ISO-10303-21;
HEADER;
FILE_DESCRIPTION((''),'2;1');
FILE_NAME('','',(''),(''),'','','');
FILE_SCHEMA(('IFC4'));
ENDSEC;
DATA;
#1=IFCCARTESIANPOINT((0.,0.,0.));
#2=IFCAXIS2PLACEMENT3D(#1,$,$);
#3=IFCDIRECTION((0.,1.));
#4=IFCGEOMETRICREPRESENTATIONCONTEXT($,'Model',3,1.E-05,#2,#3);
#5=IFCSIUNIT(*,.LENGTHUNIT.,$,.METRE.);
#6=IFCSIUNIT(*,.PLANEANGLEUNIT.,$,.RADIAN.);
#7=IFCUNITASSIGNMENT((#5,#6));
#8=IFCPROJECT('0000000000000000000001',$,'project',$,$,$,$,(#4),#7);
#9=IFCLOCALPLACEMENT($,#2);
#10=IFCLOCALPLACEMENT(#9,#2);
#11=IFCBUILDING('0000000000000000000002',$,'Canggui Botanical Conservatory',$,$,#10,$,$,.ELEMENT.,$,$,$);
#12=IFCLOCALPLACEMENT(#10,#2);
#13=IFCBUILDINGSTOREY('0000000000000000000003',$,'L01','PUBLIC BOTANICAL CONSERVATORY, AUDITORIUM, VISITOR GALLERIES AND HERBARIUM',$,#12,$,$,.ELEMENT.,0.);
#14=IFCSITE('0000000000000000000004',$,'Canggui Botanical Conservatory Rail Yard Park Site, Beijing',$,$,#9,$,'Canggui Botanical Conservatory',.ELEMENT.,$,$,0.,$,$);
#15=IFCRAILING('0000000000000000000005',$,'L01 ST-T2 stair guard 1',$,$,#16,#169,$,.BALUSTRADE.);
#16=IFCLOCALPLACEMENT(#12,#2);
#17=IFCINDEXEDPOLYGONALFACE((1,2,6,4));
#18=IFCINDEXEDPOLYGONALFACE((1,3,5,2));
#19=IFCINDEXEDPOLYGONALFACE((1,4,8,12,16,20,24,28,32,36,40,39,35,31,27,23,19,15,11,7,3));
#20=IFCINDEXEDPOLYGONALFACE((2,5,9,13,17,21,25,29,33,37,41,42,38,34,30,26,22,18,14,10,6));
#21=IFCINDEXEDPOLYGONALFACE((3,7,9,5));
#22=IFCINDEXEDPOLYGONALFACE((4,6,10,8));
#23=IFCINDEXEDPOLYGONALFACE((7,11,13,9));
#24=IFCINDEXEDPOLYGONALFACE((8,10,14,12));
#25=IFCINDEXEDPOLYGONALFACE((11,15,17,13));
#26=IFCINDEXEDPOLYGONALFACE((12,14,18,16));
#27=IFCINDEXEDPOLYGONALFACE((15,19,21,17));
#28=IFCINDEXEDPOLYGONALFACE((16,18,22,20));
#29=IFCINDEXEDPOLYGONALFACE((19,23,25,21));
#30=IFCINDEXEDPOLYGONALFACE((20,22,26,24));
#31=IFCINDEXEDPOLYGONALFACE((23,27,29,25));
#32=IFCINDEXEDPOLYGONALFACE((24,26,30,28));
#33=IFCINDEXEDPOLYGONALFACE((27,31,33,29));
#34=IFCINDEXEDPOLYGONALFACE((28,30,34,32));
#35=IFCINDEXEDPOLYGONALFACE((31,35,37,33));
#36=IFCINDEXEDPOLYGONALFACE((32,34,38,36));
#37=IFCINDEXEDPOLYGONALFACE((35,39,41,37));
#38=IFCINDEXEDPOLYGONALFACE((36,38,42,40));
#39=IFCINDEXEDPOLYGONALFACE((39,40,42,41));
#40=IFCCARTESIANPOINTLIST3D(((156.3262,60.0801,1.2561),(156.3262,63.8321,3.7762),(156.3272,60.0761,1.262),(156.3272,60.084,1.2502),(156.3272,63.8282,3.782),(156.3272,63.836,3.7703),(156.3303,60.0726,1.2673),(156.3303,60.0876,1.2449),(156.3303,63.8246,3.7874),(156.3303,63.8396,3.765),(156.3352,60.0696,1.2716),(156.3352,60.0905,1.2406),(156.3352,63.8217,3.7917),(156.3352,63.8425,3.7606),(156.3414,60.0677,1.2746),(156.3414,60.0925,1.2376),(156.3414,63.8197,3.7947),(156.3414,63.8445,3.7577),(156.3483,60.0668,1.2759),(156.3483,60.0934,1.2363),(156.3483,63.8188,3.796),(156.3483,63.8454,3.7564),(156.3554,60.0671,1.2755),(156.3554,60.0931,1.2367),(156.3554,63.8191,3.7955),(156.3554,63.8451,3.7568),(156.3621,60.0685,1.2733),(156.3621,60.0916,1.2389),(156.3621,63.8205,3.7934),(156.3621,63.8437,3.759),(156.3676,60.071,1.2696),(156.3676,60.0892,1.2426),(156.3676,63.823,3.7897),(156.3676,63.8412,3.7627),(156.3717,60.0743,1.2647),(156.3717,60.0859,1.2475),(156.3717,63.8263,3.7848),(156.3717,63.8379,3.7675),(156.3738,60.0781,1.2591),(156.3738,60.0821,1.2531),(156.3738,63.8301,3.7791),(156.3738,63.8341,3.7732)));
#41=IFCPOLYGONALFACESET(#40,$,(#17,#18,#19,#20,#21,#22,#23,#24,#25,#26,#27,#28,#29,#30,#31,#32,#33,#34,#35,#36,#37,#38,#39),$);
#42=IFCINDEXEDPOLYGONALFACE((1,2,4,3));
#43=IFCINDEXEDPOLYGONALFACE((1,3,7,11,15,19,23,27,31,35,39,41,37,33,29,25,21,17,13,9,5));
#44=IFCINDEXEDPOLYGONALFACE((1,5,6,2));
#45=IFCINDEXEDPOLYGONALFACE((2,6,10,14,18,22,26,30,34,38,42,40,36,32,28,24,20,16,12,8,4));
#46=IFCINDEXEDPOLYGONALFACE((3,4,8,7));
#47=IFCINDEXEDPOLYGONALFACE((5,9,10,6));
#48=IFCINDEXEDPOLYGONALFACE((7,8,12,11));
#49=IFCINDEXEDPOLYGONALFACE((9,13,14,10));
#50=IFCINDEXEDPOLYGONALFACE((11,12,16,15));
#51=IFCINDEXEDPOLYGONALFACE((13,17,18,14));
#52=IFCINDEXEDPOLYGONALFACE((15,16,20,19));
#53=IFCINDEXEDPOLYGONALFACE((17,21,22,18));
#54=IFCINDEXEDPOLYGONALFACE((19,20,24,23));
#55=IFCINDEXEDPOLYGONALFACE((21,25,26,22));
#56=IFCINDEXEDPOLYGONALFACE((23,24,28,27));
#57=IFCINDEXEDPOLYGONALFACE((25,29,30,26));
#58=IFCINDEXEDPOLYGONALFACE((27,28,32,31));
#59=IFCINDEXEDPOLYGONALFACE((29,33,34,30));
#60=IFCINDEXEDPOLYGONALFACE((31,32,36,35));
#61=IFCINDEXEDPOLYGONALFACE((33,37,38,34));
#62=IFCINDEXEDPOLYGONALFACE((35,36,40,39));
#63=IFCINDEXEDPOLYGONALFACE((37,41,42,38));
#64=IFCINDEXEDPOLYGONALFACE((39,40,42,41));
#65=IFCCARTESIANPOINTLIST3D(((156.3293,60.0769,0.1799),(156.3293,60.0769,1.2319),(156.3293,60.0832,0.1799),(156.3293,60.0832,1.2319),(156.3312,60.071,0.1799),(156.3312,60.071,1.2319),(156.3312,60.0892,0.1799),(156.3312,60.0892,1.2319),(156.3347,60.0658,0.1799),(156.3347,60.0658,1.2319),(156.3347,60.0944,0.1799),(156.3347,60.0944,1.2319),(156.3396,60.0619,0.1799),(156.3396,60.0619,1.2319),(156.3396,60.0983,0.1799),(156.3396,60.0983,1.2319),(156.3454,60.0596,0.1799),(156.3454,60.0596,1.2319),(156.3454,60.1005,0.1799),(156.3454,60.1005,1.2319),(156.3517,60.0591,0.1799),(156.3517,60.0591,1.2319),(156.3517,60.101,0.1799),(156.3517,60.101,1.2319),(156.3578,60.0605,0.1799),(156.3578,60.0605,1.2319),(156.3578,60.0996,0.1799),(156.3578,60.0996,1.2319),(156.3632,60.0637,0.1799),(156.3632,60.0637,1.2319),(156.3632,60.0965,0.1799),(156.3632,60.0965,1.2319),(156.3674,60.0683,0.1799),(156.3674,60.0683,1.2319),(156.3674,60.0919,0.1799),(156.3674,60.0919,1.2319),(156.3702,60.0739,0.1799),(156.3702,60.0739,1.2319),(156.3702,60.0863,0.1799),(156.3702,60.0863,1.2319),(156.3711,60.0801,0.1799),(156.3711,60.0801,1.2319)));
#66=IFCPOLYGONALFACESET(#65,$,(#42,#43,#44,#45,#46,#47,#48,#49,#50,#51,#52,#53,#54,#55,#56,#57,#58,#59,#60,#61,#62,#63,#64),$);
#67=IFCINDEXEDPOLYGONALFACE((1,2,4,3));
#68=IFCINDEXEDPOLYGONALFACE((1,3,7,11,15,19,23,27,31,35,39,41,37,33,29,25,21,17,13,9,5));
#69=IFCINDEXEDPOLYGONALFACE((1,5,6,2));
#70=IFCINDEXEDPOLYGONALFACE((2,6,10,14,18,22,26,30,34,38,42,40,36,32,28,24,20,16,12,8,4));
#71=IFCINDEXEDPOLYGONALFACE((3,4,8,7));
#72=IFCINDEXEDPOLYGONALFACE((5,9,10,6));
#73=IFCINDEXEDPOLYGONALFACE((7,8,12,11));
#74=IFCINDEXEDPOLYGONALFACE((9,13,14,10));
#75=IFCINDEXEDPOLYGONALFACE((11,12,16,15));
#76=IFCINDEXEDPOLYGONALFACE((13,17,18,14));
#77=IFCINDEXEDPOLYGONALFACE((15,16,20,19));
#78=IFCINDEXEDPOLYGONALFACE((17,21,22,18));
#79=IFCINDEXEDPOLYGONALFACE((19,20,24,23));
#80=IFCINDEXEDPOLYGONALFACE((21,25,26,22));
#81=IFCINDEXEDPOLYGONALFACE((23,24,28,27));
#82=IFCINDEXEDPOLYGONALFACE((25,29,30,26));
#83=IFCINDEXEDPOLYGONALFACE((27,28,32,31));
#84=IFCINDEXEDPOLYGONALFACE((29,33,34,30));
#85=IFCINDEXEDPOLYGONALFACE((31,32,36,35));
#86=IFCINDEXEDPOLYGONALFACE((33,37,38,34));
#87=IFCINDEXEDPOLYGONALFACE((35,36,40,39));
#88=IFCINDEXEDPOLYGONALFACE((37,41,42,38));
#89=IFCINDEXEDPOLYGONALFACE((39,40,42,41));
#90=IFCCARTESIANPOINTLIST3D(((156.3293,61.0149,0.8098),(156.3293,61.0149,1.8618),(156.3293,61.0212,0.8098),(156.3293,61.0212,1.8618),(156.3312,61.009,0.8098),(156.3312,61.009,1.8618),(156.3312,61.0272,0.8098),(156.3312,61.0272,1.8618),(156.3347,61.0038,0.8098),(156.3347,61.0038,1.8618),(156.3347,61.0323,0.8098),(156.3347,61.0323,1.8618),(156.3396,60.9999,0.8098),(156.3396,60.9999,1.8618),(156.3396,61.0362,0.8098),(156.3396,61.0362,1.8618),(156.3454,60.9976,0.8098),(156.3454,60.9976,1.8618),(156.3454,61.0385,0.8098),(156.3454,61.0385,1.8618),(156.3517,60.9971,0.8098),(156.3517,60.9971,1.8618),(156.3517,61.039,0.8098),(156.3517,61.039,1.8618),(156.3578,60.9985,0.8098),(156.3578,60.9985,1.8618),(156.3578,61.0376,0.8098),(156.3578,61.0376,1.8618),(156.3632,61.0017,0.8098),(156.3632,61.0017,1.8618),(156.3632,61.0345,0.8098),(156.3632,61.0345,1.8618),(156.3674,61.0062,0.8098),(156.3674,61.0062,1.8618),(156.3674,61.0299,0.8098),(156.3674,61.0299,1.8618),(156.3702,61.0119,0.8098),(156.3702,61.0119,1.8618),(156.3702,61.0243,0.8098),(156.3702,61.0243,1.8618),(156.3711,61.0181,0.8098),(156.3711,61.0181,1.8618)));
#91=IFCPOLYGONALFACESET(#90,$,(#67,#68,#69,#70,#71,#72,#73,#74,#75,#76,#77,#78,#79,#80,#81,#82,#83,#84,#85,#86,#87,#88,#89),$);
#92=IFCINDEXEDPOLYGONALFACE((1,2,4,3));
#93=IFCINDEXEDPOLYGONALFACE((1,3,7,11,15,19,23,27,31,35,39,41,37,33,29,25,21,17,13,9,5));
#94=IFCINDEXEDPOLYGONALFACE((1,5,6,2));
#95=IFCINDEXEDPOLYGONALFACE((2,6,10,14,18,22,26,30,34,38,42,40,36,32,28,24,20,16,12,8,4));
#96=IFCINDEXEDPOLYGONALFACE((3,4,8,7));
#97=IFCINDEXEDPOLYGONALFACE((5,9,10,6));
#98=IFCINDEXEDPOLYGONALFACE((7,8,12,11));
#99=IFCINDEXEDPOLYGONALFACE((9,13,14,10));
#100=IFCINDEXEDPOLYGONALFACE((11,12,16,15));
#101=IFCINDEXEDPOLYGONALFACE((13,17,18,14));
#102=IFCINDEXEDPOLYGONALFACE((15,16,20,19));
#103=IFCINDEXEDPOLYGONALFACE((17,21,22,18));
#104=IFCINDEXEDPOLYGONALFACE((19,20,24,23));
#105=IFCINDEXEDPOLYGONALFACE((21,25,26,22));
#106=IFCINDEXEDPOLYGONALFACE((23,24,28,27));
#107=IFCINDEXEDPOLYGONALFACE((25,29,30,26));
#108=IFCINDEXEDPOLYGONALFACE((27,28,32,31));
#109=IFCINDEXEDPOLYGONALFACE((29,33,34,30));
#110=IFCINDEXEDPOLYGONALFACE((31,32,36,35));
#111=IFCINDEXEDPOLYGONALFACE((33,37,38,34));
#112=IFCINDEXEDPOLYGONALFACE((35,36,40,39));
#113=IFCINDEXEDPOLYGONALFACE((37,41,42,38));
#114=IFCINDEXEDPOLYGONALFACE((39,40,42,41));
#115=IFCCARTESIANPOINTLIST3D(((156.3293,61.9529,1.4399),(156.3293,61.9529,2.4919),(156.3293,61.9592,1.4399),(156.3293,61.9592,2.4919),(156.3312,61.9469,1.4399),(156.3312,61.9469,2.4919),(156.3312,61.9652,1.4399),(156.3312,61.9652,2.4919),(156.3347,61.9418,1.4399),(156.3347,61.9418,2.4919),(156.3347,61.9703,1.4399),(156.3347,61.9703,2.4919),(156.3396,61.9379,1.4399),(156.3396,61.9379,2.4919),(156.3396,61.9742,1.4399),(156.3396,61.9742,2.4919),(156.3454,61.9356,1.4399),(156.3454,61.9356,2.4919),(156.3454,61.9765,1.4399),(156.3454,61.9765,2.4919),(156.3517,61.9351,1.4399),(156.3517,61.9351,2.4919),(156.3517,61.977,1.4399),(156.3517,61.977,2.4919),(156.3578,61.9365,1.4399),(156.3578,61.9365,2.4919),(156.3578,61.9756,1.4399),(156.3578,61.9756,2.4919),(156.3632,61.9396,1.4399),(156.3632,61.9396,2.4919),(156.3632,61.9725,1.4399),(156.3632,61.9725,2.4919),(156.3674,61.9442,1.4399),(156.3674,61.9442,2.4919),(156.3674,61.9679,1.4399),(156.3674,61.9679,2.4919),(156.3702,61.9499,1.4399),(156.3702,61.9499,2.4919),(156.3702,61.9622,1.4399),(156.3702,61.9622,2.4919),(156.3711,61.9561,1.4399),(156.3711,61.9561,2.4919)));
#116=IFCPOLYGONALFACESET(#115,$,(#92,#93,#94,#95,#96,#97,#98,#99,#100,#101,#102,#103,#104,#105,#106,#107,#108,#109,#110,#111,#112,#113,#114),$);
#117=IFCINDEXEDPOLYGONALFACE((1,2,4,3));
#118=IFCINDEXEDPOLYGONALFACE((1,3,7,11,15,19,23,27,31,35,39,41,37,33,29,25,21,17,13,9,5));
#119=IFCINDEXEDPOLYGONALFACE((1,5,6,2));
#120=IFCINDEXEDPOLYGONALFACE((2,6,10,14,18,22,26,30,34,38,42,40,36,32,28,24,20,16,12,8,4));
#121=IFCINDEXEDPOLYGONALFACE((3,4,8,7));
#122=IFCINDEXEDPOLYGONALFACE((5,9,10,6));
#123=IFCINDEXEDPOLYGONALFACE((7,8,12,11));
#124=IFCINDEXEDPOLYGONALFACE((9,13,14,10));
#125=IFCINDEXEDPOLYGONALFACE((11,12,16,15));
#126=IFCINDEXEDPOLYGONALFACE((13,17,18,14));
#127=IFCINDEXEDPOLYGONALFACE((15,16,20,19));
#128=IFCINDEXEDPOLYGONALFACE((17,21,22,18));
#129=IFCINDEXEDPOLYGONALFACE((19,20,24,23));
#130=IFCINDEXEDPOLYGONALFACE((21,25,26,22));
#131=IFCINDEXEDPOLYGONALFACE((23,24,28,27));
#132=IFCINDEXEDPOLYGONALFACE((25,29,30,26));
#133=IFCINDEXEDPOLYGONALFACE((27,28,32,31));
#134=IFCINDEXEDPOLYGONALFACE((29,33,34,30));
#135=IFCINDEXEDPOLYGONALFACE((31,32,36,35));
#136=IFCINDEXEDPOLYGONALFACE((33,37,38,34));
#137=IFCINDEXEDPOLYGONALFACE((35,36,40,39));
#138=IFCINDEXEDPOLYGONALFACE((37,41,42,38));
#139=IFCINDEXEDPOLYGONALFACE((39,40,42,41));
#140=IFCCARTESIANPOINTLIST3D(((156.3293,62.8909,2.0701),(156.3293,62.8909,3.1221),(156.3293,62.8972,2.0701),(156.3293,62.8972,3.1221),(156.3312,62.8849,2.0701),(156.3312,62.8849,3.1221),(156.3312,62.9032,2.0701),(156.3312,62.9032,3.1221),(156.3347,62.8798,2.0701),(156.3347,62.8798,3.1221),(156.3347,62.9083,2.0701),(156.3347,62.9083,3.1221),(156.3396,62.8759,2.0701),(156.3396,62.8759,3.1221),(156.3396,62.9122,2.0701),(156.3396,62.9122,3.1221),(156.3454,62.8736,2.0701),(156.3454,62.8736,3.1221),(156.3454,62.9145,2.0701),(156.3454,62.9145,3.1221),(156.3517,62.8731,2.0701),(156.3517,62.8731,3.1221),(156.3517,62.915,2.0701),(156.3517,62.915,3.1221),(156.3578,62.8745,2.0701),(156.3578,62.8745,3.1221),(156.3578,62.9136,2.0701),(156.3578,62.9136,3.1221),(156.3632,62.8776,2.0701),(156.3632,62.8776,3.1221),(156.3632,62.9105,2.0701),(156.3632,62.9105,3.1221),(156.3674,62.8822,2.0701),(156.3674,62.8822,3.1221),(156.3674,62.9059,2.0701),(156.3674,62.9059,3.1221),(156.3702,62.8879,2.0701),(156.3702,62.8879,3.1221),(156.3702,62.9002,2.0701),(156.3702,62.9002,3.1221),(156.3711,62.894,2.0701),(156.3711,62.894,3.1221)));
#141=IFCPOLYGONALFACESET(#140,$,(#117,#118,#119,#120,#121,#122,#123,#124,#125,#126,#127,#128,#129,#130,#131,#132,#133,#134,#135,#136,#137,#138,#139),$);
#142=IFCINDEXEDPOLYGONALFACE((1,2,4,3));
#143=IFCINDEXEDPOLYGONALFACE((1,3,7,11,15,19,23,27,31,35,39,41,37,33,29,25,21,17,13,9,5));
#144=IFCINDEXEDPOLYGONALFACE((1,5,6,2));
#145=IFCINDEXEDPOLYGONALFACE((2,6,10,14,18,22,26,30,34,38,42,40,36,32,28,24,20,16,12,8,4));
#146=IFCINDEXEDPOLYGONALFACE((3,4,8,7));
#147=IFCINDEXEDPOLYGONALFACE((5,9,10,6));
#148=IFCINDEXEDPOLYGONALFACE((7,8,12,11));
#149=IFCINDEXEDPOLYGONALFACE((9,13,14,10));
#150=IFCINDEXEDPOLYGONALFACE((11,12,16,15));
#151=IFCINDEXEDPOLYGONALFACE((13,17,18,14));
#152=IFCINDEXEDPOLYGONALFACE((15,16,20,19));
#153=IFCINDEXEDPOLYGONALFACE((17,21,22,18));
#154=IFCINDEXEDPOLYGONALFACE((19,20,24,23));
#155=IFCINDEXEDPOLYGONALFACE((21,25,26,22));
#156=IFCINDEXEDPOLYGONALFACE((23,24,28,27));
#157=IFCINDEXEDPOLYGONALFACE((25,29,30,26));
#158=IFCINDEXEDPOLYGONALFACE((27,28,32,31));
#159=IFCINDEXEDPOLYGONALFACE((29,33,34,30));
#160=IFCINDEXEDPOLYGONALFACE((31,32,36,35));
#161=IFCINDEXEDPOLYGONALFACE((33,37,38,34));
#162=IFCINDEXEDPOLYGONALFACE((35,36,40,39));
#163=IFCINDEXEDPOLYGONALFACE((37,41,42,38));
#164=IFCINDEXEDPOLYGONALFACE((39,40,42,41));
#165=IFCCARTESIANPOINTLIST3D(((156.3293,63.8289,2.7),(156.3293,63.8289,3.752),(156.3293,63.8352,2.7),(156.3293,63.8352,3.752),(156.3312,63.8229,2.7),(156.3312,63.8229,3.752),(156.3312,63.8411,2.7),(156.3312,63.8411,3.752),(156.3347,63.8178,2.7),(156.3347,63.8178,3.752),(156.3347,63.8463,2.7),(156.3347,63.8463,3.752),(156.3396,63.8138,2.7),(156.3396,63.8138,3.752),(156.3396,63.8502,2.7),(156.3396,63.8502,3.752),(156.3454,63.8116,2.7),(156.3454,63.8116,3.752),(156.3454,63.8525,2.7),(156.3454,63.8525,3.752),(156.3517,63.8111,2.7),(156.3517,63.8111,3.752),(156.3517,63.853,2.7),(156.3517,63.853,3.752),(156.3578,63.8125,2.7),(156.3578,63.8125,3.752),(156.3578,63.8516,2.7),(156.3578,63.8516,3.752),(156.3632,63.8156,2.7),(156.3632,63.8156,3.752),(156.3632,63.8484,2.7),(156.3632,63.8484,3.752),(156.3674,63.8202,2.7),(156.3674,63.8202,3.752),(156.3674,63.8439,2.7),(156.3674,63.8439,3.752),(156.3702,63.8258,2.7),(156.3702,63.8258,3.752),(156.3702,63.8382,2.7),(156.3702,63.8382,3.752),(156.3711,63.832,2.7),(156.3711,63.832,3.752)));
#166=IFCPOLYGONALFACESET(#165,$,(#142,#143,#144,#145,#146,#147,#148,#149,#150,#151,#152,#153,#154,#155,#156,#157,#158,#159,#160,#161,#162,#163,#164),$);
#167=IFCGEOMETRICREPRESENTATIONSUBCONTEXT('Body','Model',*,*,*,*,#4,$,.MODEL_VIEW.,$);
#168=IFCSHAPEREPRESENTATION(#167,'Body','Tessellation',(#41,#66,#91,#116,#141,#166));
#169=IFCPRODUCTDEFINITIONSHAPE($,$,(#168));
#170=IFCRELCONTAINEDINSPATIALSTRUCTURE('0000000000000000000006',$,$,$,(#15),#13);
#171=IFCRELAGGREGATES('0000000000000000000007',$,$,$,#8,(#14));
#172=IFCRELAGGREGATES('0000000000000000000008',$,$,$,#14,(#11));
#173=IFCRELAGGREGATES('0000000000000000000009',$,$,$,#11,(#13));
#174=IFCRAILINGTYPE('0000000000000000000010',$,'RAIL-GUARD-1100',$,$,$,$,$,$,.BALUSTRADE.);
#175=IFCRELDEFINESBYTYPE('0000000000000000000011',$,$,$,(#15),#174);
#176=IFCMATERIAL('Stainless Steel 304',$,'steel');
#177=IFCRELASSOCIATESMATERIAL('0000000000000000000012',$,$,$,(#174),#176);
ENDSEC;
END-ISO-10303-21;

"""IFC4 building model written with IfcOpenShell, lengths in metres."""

from ifc_helpers import new_model, si_unit, direction, frame, origin, origin_2d, place, context, subcontext, project, spatial, circle, extrude, material, type_object, element, save


model = new_model("IFC4")

# Units and contexts
model_context = context("Model", 3, precision=1e-05, world=origin(), true_north=direction((0.0, 1.0)))
body_context = subcontext(model_context, "Body", "Model", "MODEL_VIEW")
ifc_project = project(units=[si_unit("LENGTHUNIT", "METRE"), si_unit("PLANEANGLEUNIT", "RADIAN")], contexts=[model_context])

# Site, building, storey
site_placement = place(None, origin())
site = spatial("IfcSite", under=ifc_project, at=site_placement, Name="Canggui Botanical Conservatory Rail Yard Park Site, Beijing", LongName="Canggui Botanical Conservatory", CompositionType="ELEMENT", RefElevation=0.0)
building_placement = place(site_placement, origin())
building = spatial("IfcBuilding", under=site, at=building_placement, Name="Canggui Botanical Conservatory", CompositionType="ELEMENT")
storey_placement = place(building_placement, origin())
storey = spatial("IfcBuildingStorey", under=building, at=storey_placement, Name="L01", Description="PUBLIC BOTANICAL CONSERVATORY, AUDITORIUM, VISITOR GALLERIES AND HERBARIUM", CompositionType="ELEMENT", Elevation=0.0)

# Shared definitions
ifc_material_1 = material(Name="Stainless Steel 304", Category="steel")

# Railing
railing_type_1 = type_object("IfcRailingType", Name="RAIL-GUARD-1100", PredefinedType="BALUSTRADE", material=ifc_material_1)
railing_1_placement = place(storey_placement, frame((156.3501, 60.0801, 0.1799)))
element("IfcRailing", 1, at=railing_1_placement, inside=storey, type_object=railing_type_1, Name="L01 ST-T2 stair guard 1", PredefinedType="BALUSTRADE", context=body_context, shape_type="SweptSolid", body=[
    extrude(circle(Radius=0.0239, at=origin_2d()), frame((0.0, 0.0, 1.0762), z_axis=(0.0, 0.830134, 0.557564), x_axis=(-1.0, 0.0, 0.0)), (0.0, 0.0, 1.0), 4.5198),
    extrude(circle(Radius=0.021, at=origin_2d()), origin(), (0.0, 0.0, 1.0), 1.052),
    extrude(circle(Radius=0.021, at=origin_2d()), frame((0.0, 0.938, 0.6299)), (0.0, 0.0, 1.0), 1.052),
    extrude(circle(Radius=0.021, at=origin_2d()), frame((0.0, 1.876, 1.26)), (0.0, 0.0, 1.0), 1.052),
    extrude(circle(Radius=0.021, at=origin_2d()), frame((0.0, 2.814, 1.8901)), (0.0, 0.0, 1.0), 1.052),
    extrude(circle(Radius=0.021, at=origin_2d()), frame((0.0, 3.752, 2.52)), (0.0, 0.0, 1.0), 1.052),
])

save(model, "model.ifc")
